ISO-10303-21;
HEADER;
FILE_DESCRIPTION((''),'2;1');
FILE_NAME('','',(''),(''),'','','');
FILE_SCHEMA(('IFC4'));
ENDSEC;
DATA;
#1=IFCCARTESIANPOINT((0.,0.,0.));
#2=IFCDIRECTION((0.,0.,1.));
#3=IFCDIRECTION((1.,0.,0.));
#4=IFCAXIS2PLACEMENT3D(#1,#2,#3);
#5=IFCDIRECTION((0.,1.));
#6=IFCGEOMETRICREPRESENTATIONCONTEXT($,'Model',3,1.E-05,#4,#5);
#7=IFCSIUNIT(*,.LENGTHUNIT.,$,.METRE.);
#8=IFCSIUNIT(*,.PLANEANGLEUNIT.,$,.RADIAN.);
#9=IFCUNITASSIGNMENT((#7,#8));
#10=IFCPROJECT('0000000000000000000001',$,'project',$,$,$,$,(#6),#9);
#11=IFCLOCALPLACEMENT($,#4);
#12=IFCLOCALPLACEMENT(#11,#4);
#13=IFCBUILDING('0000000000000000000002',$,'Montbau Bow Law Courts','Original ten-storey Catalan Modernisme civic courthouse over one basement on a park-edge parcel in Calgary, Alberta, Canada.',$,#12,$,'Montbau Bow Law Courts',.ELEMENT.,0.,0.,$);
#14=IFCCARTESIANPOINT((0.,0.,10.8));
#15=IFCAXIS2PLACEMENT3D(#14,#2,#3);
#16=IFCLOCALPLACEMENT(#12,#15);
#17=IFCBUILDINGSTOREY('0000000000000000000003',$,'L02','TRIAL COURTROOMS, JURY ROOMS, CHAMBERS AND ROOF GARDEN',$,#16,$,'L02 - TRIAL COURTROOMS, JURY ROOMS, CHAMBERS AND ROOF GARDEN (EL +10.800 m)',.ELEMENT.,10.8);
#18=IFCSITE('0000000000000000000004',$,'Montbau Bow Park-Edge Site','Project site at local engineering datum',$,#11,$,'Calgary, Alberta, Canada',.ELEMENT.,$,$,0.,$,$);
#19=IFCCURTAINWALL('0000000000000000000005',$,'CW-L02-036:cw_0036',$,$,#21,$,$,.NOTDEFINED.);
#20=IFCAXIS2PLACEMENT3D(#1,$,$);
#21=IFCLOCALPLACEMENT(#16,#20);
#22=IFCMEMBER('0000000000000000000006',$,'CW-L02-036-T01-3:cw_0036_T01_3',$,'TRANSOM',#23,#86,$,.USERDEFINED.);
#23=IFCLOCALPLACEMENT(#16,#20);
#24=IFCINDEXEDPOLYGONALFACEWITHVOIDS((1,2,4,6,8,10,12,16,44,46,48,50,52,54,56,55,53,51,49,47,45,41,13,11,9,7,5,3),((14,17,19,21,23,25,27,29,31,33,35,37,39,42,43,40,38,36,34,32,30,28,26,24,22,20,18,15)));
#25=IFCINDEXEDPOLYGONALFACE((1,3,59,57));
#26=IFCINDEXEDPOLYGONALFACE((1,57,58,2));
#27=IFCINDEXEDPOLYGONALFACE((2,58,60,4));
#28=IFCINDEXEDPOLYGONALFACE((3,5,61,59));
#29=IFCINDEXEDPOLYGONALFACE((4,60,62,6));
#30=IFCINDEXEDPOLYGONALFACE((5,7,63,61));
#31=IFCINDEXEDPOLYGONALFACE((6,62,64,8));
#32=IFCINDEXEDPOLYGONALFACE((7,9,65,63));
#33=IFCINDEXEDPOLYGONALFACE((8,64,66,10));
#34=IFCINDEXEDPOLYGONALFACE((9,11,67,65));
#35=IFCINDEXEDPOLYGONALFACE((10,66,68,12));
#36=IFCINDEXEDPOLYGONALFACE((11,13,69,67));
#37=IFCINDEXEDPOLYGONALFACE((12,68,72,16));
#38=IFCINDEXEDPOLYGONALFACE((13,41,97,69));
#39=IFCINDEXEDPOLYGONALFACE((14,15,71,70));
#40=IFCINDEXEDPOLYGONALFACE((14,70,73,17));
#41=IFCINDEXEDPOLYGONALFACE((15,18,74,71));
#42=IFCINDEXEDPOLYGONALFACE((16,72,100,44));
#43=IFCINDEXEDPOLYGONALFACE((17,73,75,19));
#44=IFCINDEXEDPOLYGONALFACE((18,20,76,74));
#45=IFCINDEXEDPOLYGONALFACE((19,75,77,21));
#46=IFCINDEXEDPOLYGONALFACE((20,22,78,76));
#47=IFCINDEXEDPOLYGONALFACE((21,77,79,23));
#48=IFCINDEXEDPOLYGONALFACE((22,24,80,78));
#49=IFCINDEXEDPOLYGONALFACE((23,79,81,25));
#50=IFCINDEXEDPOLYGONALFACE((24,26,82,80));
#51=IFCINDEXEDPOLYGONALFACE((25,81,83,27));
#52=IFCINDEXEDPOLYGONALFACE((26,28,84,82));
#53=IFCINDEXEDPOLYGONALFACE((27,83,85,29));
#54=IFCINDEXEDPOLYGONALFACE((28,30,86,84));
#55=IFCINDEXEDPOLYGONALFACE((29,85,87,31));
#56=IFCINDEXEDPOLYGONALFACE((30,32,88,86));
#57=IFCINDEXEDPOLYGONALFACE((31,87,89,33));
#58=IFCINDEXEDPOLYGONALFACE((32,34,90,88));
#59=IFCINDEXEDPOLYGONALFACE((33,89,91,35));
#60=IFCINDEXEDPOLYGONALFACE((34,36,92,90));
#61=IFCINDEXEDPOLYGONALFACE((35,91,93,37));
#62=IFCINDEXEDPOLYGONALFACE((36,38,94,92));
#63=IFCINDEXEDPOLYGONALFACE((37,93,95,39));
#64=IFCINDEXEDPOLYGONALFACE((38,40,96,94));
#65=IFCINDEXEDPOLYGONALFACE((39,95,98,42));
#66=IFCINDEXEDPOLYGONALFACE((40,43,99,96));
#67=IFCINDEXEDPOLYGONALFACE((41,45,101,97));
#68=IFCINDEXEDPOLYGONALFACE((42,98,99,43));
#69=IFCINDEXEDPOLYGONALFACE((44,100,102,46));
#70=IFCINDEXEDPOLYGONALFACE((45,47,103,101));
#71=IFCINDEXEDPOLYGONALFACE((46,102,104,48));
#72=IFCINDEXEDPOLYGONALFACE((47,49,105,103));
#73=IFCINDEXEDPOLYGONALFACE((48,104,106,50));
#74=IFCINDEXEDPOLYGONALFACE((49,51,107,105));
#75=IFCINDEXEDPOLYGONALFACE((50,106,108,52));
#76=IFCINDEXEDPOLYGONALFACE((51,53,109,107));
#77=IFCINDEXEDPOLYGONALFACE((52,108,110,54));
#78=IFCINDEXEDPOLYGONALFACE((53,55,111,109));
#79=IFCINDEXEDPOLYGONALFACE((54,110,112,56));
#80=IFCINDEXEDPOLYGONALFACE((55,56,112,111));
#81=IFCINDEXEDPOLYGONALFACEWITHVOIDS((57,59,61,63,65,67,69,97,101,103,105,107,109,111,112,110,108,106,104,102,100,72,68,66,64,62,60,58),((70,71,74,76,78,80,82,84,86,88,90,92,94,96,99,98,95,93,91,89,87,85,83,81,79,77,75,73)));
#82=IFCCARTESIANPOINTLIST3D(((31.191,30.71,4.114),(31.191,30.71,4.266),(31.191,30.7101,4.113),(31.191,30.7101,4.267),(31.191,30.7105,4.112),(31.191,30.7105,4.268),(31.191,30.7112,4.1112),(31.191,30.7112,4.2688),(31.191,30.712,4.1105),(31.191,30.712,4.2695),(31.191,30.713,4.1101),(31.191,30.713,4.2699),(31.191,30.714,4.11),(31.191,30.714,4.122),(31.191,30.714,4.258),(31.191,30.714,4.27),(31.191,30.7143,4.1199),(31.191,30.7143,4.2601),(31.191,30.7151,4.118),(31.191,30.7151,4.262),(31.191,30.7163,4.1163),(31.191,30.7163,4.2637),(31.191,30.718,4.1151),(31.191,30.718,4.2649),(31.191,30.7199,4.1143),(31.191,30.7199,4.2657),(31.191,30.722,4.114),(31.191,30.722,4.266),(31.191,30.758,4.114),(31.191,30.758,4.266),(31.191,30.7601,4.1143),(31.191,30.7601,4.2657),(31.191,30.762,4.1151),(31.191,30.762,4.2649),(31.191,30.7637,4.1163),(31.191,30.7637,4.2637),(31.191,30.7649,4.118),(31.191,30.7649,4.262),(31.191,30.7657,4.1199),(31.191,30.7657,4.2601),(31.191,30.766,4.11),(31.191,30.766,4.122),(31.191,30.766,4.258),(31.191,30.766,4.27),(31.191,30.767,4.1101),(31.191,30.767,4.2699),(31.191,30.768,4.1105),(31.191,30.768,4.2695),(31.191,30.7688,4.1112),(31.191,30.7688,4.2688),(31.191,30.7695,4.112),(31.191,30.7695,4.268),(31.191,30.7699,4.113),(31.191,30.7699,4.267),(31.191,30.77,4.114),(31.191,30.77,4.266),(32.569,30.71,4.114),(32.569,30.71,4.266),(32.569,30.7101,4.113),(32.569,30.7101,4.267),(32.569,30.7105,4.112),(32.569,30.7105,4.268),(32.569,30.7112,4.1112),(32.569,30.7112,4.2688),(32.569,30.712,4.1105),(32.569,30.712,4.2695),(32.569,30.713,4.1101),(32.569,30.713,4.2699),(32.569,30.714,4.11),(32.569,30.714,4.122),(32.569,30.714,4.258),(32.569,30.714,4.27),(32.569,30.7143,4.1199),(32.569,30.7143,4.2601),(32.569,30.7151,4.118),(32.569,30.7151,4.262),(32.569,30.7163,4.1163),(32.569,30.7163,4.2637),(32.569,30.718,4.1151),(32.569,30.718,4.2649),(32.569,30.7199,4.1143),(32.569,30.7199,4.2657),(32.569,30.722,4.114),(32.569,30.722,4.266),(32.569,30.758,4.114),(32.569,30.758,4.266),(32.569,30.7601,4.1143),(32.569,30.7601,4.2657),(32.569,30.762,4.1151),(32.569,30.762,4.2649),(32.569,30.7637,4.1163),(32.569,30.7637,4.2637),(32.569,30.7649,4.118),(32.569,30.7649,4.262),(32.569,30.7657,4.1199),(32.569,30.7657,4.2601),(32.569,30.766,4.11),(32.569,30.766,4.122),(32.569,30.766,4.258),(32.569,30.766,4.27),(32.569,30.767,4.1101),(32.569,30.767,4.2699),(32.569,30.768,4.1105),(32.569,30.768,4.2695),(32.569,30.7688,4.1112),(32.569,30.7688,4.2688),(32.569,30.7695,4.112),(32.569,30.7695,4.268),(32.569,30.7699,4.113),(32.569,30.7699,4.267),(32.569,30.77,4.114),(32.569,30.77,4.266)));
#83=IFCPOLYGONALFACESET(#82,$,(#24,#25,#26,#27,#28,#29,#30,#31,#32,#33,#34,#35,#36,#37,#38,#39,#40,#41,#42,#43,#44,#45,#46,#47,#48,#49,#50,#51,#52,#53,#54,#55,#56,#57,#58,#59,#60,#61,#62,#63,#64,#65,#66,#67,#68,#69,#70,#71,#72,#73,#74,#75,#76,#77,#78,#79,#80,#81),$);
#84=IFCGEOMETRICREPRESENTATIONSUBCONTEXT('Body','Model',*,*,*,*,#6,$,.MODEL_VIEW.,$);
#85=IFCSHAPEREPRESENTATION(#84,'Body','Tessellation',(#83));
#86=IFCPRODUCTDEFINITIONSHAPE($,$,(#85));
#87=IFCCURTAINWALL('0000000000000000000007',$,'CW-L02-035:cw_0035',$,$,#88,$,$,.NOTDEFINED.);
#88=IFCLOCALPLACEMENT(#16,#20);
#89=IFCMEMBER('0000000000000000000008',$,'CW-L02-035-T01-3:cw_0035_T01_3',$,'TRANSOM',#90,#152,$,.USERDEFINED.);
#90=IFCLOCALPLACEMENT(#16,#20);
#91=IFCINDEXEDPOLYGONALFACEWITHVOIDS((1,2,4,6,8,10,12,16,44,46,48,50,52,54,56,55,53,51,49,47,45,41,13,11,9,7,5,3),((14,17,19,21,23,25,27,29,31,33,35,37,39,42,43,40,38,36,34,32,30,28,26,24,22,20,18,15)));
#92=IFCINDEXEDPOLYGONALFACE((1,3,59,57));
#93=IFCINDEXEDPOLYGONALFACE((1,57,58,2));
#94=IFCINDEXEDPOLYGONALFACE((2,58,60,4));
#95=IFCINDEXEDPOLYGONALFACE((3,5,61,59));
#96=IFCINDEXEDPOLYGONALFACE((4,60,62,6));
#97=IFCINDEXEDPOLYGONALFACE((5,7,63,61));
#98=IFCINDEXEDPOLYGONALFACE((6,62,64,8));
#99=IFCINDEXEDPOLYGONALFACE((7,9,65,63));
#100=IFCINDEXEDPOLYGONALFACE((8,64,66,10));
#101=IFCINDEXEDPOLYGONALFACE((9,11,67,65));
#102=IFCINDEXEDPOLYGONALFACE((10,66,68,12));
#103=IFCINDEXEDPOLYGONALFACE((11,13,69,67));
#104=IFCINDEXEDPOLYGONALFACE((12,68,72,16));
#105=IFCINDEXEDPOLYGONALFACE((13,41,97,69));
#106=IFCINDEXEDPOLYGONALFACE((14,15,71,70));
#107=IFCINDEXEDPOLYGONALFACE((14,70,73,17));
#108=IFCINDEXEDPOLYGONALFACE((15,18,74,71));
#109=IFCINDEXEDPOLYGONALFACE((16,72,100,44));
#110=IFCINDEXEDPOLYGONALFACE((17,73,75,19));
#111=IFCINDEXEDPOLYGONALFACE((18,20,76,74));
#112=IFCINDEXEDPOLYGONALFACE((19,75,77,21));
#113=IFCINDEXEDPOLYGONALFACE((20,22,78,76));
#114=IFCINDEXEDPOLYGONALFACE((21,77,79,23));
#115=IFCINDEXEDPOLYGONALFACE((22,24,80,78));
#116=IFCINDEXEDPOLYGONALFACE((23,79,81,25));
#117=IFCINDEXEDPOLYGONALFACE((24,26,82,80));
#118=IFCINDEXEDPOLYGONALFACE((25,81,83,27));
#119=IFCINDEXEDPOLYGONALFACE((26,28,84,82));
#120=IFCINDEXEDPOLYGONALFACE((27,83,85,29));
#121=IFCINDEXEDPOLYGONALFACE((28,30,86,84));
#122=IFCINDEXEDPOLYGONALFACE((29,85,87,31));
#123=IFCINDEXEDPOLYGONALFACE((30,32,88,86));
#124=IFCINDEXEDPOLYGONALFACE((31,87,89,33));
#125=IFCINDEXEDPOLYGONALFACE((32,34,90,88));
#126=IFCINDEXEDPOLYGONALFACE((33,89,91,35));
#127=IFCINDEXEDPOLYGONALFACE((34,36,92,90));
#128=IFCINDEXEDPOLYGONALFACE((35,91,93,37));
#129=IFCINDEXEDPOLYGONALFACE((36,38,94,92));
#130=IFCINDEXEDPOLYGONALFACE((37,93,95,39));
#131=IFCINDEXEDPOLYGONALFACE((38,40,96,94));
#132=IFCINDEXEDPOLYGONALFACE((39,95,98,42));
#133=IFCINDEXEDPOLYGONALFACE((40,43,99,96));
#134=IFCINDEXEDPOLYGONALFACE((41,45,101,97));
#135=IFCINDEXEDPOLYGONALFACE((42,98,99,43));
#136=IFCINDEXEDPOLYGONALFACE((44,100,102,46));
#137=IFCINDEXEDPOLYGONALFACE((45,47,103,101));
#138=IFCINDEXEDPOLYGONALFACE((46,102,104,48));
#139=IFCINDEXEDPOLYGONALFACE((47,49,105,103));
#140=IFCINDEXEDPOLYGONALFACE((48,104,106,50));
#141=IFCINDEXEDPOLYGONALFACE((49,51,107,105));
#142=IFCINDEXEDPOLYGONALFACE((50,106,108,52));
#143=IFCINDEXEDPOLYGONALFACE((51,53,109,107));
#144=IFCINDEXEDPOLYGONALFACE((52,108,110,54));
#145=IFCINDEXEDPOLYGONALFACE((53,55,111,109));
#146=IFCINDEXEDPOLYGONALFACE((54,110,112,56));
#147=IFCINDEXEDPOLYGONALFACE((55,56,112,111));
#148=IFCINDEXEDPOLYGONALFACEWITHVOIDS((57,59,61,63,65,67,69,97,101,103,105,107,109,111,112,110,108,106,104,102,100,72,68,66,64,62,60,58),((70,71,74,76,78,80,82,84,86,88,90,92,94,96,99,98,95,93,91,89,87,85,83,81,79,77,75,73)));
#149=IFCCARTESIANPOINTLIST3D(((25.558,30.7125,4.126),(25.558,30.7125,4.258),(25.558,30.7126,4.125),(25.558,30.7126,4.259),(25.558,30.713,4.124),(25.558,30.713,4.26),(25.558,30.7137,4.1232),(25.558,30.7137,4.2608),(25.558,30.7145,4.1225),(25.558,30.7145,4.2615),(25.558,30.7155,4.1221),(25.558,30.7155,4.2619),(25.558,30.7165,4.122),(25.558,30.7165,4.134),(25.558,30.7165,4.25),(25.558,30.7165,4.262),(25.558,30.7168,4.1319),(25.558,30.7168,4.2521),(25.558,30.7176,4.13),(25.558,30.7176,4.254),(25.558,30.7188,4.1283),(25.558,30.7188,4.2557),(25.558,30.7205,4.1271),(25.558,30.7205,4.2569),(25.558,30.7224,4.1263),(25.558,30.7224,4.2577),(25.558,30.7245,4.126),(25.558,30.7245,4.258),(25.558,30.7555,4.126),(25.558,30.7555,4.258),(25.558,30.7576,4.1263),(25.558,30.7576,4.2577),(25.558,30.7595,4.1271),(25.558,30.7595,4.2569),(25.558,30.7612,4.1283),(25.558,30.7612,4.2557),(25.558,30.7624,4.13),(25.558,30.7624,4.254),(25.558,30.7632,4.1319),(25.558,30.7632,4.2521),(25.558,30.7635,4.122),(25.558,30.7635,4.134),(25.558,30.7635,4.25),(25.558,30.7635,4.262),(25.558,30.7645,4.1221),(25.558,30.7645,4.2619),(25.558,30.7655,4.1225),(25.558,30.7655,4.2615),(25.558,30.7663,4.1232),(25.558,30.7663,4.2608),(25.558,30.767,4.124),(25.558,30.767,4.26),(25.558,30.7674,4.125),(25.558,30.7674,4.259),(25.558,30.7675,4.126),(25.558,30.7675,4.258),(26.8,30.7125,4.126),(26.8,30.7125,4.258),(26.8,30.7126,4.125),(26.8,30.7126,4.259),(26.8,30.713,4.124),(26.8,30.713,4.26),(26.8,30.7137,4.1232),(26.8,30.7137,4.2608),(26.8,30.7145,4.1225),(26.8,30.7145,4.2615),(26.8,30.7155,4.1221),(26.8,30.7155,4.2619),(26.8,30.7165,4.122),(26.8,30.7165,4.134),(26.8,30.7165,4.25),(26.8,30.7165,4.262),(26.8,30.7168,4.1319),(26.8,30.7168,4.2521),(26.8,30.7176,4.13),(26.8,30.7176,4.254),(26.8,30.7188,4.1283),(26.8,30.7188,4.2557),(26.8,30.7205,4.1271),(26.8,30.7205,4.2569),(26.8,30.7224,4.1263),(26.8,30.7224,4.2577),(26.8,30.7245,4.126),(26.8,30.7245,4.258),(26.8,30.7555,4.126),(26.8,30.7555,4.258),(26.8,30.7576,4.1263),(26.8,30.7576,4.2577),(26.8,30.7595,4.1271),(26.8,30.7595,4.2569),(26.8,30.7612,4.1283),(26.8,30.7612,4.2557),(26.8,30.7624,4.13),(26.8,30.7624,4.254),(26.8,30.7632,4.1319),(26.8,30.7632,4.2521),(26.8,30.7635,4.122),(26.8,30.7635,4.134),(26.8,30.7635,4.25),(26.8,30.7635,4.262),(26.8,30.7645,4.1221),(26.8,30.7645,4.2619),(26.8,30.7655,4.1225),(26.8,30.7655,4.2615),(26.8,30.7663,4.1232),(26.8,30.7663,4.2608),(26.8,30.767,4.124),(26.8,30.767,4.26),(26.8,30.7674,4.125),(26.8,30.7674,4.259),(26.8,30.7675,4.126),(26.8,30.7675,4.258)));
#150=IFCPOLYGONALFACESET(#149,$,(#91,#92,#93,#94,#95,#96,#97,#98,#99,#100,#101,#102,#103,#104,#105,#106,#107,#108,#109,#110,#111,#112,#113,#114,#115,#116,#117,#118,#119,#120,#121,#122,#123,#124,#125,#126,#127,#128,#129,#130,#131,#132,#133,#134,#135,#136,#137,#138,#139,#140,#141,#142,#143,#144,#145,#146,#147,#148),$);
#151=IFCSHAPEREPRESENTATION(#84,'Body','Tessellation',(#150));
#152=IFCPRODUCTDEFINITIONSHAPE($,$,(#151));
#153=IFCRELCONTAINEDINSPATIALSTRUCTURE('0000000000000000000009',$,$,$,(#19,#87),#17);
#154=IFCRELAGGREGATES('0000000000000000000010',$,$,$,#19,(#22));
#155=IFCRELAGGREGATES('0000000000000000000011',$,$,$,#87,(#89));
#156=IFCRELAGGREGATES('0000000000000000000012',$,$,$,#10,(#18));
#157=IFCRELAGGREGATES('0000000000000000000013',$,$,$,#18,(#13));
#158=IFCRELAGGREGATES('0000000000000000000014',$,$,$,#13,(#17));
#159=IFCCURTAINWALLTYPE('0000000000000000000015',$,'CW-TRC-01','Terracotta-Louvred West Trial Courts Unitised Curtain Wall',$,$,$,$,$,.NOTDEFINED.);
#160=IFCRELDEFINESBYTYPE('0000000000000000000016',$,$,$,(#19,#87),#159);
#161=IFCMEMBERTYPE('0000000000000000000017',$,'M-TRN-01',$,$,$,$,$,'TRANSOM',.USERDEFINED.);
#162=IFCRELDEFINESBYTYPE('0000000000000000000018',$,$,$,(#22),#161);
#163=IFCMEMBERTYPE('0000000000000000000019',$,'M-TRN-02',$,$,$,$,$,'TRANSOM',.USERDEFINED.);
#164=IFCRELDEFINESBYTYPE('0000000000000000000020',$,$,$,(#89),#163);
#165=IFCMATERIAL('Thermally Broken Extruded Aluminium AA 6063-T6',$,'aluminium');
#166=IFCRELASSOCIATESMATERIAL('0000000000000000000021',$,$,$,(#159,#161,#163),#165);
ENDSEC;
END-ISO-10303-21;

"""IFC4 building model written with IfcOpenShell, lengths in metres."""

from ifc_helpers import new_model, si_unit, direction, frame, origin_with_axes, origin_2d_with_axis, place, context, subcontext, project, spatial, hollow_rectangle, extrude, material, material_profile, profile_set, type_object, element, aggregate, save


model = new_model("IFC4")

# Units and contexts
model_context = context("Model", 3, precision=1e-05, world=origin_with_axes(), true_north=direction((0.0, 1.0)))
body_context = subcontext(model_context, "Body", "Model", "MODEL_VIEW")
ifc_project = project(units=[si_unit("LENGTHUNIT", "METRE"), si_unit("PLANEANGLEUNIT", "RADIAN")], contexts=[model_context])

# Site, building, storey
site_placement = place(None, origin_with_axes())
site = spatial("IfcSite", under=ifc_project, at=site_placement, Name="Montbau Bow Park-Edge Site", Description="Project site at local engineering datum", LongName="Calgary, Alberta, Canada", CompositionType="ELEMENT", RefElevation=0.0)
building_placement = place(site_placement, origin_with_axes())
building = spatial("IfcBuilding", under=site, at=building_placement, Name="Montbau Bow Law Courts", Description="Original ten-storey Catalan Modernisme civic courthouse over one basement on a park-edge parcel in Calgary, Alberta, Canada.", LongName="Montbau Bow Law Courts", CompositionType="ELEMENT", ElevationOfRefHeight=0.0, ElevationOfTerrain=0.0)
storey_placement = place(building_placement, frame((0.0, 0.0, 10.8), z_axis=(0.0, 0.0, 1.0), x_axis=(1.0, 0.0, 0.0)))
storey = spatial("IfcBuildingStorey", under=building, at=storey_placement, Name="L02", Description="TRIAL COURTROOMS, JURY ROOMS, CHAMBERS AND ROOF GARDEN", LongName="L02 - TRIAL COURTROOMS, JURY ROOMS, CHAMBERS AND ROOF GARDEN (EL +10.800 m)", CompositionType="ELEMENT", Elevation=10.8)

# Shared definitions
ifc_material_1 = material(Name="Thermally Broken Extruded Aluminium AA 6063-T6", Category="aluminium")
curtain_wall_type = type_object("IfcCurtainWallType", Name="CW-TRC-01", Description="Terracotta-Louvred West Trial Courts Unitised Curtain Wall", PredefinedType="NOTDEFINED", material=ifc_material_1)
ifc_material_profile_1 = material_profile(ifc_material_1, hollow_rectangle(XDim=0.06, YDim=0.16, WallThickness=0.004, InnerFilletRadius=0.008, OuterFilletRadius=0.004, at=origin_2d_with_axis()), Name="CWT-160X60", Category="Main", Priority=0)
ifc_profile_set_1 = profile_set([ifc_material_profile_1], Name="Thermally Broken Extruded Aluminium AA 6063-T6")
member_type_1 = type_object("IfcMemberType", Name="M-TRN-01", ElementType="TRANSOM", PredefinedType="USERDEFINED", material=ifc_profile_set_1)

# Curtain wall, member
curtain_wall_1_placement = place(None, frame((31.115, 30.74, 10.8), z_axis=(0.0, 0.0, 1.0), x_axis=(1.0, 0.0, 0.0)))
curtain_wall_1 = element("IfcCurtainWall", 1, at=curtain_wall_1_placement, inside=storey, type_object=curtain_wall_type, Name="CW-L02-036:cw_0036", PredefinedType="NOTDEFINED")
member_1_placement = place(None, frame((31.191, 30.74, 14.99), z_axis=(1.0, 0.0, 0.0), x_axis=(0.0, 1.0, 0.0)))
member_1 = element("IfcMember", 2, at=member_1_placement, type_object=member_type_1, Name="CW-L02-036-T01-3:cw_0036_T01_3", ObjectType="TRANSOM", PredefinedType="USERDEFINED", context=body_context, shape_type="SweptSolid", body=[
    extrude(hollow_rectangle(XDim=0.06, YDim=0.16, WallThickness=0.004, InnerFilletRadius=0.008, OuterFilletRadius=0.004, at=origin_2d_with_axis()), origin_with_axes(), (0.0, 0.0, 1.0), 1.378),
])
aggregate(curtain_wall_1, [member_1])

# Curtain wall, member
curtain_wall_2_placement = place(None, frame((25.496, 30.74, 10.8), z_axis=(0.0, 0.0, 1.0), x_axis=(1.0, 0.0, 0.0)))
curtain_wall_2 = element("IfcCurtainWall", 3, at=curtain_wall_2_placement, inside=storey, type_object=curtain_wall_type, Name="CW-L02-035:cw_0035", PredefinedType="NOTDEFINED")
ifc_material_profile_2 = material_profile(ifc_material_1, hollow_rectangle(XDim=0.055, YDim=0.14, WallThickness=0.004, InnerFilletRadius=0.008, OuterFilletRadius=0.004, at=origin_2d_with_axis()), Name="CWT-140X55", Category="Main", Priority=0)
ifc_profile_set_2 = profile_set([ifc_material_profile_2], Name="Thermally Broken Extruded Aluminium AA 6063-T6")
member_type_2 = type_object("IfcMemberType", Name="M-TRN-02", ElementType="TRANSOM", PredefinedType="USERDEFINED", material=ifc_profile_set_2)
member_2_placement = place(None, frame((25.558, 30.74, 14.992), z_axis=(1.0, 0.0, 0.0), x_axis=(0.0, 1.0, 0.0)))
member_2 = element("IfcMember", 4, at=member_2_placement, type_object=member_type_2, Name="CW-L02-035-T01-3:cw_0035_T01_3", ObjectType="TRANSOM", PredefinedType="USERDEFINED", context=body_context, shape_type="SweptSolid", body=[
    extrude(hollow_rectangle(XDim=0.055, YDim=0.14, WallThickness=0.004, InnerFilletRadius=0.008, OuterFilletRadius=0.004, at=origin_2d_with_axis()), origin_with_axes(), (0.0, 0.0, 1.0), 1.242),
])
aggregate(curtain_wall_2, [member_2])

save(model, "model.ifc")
